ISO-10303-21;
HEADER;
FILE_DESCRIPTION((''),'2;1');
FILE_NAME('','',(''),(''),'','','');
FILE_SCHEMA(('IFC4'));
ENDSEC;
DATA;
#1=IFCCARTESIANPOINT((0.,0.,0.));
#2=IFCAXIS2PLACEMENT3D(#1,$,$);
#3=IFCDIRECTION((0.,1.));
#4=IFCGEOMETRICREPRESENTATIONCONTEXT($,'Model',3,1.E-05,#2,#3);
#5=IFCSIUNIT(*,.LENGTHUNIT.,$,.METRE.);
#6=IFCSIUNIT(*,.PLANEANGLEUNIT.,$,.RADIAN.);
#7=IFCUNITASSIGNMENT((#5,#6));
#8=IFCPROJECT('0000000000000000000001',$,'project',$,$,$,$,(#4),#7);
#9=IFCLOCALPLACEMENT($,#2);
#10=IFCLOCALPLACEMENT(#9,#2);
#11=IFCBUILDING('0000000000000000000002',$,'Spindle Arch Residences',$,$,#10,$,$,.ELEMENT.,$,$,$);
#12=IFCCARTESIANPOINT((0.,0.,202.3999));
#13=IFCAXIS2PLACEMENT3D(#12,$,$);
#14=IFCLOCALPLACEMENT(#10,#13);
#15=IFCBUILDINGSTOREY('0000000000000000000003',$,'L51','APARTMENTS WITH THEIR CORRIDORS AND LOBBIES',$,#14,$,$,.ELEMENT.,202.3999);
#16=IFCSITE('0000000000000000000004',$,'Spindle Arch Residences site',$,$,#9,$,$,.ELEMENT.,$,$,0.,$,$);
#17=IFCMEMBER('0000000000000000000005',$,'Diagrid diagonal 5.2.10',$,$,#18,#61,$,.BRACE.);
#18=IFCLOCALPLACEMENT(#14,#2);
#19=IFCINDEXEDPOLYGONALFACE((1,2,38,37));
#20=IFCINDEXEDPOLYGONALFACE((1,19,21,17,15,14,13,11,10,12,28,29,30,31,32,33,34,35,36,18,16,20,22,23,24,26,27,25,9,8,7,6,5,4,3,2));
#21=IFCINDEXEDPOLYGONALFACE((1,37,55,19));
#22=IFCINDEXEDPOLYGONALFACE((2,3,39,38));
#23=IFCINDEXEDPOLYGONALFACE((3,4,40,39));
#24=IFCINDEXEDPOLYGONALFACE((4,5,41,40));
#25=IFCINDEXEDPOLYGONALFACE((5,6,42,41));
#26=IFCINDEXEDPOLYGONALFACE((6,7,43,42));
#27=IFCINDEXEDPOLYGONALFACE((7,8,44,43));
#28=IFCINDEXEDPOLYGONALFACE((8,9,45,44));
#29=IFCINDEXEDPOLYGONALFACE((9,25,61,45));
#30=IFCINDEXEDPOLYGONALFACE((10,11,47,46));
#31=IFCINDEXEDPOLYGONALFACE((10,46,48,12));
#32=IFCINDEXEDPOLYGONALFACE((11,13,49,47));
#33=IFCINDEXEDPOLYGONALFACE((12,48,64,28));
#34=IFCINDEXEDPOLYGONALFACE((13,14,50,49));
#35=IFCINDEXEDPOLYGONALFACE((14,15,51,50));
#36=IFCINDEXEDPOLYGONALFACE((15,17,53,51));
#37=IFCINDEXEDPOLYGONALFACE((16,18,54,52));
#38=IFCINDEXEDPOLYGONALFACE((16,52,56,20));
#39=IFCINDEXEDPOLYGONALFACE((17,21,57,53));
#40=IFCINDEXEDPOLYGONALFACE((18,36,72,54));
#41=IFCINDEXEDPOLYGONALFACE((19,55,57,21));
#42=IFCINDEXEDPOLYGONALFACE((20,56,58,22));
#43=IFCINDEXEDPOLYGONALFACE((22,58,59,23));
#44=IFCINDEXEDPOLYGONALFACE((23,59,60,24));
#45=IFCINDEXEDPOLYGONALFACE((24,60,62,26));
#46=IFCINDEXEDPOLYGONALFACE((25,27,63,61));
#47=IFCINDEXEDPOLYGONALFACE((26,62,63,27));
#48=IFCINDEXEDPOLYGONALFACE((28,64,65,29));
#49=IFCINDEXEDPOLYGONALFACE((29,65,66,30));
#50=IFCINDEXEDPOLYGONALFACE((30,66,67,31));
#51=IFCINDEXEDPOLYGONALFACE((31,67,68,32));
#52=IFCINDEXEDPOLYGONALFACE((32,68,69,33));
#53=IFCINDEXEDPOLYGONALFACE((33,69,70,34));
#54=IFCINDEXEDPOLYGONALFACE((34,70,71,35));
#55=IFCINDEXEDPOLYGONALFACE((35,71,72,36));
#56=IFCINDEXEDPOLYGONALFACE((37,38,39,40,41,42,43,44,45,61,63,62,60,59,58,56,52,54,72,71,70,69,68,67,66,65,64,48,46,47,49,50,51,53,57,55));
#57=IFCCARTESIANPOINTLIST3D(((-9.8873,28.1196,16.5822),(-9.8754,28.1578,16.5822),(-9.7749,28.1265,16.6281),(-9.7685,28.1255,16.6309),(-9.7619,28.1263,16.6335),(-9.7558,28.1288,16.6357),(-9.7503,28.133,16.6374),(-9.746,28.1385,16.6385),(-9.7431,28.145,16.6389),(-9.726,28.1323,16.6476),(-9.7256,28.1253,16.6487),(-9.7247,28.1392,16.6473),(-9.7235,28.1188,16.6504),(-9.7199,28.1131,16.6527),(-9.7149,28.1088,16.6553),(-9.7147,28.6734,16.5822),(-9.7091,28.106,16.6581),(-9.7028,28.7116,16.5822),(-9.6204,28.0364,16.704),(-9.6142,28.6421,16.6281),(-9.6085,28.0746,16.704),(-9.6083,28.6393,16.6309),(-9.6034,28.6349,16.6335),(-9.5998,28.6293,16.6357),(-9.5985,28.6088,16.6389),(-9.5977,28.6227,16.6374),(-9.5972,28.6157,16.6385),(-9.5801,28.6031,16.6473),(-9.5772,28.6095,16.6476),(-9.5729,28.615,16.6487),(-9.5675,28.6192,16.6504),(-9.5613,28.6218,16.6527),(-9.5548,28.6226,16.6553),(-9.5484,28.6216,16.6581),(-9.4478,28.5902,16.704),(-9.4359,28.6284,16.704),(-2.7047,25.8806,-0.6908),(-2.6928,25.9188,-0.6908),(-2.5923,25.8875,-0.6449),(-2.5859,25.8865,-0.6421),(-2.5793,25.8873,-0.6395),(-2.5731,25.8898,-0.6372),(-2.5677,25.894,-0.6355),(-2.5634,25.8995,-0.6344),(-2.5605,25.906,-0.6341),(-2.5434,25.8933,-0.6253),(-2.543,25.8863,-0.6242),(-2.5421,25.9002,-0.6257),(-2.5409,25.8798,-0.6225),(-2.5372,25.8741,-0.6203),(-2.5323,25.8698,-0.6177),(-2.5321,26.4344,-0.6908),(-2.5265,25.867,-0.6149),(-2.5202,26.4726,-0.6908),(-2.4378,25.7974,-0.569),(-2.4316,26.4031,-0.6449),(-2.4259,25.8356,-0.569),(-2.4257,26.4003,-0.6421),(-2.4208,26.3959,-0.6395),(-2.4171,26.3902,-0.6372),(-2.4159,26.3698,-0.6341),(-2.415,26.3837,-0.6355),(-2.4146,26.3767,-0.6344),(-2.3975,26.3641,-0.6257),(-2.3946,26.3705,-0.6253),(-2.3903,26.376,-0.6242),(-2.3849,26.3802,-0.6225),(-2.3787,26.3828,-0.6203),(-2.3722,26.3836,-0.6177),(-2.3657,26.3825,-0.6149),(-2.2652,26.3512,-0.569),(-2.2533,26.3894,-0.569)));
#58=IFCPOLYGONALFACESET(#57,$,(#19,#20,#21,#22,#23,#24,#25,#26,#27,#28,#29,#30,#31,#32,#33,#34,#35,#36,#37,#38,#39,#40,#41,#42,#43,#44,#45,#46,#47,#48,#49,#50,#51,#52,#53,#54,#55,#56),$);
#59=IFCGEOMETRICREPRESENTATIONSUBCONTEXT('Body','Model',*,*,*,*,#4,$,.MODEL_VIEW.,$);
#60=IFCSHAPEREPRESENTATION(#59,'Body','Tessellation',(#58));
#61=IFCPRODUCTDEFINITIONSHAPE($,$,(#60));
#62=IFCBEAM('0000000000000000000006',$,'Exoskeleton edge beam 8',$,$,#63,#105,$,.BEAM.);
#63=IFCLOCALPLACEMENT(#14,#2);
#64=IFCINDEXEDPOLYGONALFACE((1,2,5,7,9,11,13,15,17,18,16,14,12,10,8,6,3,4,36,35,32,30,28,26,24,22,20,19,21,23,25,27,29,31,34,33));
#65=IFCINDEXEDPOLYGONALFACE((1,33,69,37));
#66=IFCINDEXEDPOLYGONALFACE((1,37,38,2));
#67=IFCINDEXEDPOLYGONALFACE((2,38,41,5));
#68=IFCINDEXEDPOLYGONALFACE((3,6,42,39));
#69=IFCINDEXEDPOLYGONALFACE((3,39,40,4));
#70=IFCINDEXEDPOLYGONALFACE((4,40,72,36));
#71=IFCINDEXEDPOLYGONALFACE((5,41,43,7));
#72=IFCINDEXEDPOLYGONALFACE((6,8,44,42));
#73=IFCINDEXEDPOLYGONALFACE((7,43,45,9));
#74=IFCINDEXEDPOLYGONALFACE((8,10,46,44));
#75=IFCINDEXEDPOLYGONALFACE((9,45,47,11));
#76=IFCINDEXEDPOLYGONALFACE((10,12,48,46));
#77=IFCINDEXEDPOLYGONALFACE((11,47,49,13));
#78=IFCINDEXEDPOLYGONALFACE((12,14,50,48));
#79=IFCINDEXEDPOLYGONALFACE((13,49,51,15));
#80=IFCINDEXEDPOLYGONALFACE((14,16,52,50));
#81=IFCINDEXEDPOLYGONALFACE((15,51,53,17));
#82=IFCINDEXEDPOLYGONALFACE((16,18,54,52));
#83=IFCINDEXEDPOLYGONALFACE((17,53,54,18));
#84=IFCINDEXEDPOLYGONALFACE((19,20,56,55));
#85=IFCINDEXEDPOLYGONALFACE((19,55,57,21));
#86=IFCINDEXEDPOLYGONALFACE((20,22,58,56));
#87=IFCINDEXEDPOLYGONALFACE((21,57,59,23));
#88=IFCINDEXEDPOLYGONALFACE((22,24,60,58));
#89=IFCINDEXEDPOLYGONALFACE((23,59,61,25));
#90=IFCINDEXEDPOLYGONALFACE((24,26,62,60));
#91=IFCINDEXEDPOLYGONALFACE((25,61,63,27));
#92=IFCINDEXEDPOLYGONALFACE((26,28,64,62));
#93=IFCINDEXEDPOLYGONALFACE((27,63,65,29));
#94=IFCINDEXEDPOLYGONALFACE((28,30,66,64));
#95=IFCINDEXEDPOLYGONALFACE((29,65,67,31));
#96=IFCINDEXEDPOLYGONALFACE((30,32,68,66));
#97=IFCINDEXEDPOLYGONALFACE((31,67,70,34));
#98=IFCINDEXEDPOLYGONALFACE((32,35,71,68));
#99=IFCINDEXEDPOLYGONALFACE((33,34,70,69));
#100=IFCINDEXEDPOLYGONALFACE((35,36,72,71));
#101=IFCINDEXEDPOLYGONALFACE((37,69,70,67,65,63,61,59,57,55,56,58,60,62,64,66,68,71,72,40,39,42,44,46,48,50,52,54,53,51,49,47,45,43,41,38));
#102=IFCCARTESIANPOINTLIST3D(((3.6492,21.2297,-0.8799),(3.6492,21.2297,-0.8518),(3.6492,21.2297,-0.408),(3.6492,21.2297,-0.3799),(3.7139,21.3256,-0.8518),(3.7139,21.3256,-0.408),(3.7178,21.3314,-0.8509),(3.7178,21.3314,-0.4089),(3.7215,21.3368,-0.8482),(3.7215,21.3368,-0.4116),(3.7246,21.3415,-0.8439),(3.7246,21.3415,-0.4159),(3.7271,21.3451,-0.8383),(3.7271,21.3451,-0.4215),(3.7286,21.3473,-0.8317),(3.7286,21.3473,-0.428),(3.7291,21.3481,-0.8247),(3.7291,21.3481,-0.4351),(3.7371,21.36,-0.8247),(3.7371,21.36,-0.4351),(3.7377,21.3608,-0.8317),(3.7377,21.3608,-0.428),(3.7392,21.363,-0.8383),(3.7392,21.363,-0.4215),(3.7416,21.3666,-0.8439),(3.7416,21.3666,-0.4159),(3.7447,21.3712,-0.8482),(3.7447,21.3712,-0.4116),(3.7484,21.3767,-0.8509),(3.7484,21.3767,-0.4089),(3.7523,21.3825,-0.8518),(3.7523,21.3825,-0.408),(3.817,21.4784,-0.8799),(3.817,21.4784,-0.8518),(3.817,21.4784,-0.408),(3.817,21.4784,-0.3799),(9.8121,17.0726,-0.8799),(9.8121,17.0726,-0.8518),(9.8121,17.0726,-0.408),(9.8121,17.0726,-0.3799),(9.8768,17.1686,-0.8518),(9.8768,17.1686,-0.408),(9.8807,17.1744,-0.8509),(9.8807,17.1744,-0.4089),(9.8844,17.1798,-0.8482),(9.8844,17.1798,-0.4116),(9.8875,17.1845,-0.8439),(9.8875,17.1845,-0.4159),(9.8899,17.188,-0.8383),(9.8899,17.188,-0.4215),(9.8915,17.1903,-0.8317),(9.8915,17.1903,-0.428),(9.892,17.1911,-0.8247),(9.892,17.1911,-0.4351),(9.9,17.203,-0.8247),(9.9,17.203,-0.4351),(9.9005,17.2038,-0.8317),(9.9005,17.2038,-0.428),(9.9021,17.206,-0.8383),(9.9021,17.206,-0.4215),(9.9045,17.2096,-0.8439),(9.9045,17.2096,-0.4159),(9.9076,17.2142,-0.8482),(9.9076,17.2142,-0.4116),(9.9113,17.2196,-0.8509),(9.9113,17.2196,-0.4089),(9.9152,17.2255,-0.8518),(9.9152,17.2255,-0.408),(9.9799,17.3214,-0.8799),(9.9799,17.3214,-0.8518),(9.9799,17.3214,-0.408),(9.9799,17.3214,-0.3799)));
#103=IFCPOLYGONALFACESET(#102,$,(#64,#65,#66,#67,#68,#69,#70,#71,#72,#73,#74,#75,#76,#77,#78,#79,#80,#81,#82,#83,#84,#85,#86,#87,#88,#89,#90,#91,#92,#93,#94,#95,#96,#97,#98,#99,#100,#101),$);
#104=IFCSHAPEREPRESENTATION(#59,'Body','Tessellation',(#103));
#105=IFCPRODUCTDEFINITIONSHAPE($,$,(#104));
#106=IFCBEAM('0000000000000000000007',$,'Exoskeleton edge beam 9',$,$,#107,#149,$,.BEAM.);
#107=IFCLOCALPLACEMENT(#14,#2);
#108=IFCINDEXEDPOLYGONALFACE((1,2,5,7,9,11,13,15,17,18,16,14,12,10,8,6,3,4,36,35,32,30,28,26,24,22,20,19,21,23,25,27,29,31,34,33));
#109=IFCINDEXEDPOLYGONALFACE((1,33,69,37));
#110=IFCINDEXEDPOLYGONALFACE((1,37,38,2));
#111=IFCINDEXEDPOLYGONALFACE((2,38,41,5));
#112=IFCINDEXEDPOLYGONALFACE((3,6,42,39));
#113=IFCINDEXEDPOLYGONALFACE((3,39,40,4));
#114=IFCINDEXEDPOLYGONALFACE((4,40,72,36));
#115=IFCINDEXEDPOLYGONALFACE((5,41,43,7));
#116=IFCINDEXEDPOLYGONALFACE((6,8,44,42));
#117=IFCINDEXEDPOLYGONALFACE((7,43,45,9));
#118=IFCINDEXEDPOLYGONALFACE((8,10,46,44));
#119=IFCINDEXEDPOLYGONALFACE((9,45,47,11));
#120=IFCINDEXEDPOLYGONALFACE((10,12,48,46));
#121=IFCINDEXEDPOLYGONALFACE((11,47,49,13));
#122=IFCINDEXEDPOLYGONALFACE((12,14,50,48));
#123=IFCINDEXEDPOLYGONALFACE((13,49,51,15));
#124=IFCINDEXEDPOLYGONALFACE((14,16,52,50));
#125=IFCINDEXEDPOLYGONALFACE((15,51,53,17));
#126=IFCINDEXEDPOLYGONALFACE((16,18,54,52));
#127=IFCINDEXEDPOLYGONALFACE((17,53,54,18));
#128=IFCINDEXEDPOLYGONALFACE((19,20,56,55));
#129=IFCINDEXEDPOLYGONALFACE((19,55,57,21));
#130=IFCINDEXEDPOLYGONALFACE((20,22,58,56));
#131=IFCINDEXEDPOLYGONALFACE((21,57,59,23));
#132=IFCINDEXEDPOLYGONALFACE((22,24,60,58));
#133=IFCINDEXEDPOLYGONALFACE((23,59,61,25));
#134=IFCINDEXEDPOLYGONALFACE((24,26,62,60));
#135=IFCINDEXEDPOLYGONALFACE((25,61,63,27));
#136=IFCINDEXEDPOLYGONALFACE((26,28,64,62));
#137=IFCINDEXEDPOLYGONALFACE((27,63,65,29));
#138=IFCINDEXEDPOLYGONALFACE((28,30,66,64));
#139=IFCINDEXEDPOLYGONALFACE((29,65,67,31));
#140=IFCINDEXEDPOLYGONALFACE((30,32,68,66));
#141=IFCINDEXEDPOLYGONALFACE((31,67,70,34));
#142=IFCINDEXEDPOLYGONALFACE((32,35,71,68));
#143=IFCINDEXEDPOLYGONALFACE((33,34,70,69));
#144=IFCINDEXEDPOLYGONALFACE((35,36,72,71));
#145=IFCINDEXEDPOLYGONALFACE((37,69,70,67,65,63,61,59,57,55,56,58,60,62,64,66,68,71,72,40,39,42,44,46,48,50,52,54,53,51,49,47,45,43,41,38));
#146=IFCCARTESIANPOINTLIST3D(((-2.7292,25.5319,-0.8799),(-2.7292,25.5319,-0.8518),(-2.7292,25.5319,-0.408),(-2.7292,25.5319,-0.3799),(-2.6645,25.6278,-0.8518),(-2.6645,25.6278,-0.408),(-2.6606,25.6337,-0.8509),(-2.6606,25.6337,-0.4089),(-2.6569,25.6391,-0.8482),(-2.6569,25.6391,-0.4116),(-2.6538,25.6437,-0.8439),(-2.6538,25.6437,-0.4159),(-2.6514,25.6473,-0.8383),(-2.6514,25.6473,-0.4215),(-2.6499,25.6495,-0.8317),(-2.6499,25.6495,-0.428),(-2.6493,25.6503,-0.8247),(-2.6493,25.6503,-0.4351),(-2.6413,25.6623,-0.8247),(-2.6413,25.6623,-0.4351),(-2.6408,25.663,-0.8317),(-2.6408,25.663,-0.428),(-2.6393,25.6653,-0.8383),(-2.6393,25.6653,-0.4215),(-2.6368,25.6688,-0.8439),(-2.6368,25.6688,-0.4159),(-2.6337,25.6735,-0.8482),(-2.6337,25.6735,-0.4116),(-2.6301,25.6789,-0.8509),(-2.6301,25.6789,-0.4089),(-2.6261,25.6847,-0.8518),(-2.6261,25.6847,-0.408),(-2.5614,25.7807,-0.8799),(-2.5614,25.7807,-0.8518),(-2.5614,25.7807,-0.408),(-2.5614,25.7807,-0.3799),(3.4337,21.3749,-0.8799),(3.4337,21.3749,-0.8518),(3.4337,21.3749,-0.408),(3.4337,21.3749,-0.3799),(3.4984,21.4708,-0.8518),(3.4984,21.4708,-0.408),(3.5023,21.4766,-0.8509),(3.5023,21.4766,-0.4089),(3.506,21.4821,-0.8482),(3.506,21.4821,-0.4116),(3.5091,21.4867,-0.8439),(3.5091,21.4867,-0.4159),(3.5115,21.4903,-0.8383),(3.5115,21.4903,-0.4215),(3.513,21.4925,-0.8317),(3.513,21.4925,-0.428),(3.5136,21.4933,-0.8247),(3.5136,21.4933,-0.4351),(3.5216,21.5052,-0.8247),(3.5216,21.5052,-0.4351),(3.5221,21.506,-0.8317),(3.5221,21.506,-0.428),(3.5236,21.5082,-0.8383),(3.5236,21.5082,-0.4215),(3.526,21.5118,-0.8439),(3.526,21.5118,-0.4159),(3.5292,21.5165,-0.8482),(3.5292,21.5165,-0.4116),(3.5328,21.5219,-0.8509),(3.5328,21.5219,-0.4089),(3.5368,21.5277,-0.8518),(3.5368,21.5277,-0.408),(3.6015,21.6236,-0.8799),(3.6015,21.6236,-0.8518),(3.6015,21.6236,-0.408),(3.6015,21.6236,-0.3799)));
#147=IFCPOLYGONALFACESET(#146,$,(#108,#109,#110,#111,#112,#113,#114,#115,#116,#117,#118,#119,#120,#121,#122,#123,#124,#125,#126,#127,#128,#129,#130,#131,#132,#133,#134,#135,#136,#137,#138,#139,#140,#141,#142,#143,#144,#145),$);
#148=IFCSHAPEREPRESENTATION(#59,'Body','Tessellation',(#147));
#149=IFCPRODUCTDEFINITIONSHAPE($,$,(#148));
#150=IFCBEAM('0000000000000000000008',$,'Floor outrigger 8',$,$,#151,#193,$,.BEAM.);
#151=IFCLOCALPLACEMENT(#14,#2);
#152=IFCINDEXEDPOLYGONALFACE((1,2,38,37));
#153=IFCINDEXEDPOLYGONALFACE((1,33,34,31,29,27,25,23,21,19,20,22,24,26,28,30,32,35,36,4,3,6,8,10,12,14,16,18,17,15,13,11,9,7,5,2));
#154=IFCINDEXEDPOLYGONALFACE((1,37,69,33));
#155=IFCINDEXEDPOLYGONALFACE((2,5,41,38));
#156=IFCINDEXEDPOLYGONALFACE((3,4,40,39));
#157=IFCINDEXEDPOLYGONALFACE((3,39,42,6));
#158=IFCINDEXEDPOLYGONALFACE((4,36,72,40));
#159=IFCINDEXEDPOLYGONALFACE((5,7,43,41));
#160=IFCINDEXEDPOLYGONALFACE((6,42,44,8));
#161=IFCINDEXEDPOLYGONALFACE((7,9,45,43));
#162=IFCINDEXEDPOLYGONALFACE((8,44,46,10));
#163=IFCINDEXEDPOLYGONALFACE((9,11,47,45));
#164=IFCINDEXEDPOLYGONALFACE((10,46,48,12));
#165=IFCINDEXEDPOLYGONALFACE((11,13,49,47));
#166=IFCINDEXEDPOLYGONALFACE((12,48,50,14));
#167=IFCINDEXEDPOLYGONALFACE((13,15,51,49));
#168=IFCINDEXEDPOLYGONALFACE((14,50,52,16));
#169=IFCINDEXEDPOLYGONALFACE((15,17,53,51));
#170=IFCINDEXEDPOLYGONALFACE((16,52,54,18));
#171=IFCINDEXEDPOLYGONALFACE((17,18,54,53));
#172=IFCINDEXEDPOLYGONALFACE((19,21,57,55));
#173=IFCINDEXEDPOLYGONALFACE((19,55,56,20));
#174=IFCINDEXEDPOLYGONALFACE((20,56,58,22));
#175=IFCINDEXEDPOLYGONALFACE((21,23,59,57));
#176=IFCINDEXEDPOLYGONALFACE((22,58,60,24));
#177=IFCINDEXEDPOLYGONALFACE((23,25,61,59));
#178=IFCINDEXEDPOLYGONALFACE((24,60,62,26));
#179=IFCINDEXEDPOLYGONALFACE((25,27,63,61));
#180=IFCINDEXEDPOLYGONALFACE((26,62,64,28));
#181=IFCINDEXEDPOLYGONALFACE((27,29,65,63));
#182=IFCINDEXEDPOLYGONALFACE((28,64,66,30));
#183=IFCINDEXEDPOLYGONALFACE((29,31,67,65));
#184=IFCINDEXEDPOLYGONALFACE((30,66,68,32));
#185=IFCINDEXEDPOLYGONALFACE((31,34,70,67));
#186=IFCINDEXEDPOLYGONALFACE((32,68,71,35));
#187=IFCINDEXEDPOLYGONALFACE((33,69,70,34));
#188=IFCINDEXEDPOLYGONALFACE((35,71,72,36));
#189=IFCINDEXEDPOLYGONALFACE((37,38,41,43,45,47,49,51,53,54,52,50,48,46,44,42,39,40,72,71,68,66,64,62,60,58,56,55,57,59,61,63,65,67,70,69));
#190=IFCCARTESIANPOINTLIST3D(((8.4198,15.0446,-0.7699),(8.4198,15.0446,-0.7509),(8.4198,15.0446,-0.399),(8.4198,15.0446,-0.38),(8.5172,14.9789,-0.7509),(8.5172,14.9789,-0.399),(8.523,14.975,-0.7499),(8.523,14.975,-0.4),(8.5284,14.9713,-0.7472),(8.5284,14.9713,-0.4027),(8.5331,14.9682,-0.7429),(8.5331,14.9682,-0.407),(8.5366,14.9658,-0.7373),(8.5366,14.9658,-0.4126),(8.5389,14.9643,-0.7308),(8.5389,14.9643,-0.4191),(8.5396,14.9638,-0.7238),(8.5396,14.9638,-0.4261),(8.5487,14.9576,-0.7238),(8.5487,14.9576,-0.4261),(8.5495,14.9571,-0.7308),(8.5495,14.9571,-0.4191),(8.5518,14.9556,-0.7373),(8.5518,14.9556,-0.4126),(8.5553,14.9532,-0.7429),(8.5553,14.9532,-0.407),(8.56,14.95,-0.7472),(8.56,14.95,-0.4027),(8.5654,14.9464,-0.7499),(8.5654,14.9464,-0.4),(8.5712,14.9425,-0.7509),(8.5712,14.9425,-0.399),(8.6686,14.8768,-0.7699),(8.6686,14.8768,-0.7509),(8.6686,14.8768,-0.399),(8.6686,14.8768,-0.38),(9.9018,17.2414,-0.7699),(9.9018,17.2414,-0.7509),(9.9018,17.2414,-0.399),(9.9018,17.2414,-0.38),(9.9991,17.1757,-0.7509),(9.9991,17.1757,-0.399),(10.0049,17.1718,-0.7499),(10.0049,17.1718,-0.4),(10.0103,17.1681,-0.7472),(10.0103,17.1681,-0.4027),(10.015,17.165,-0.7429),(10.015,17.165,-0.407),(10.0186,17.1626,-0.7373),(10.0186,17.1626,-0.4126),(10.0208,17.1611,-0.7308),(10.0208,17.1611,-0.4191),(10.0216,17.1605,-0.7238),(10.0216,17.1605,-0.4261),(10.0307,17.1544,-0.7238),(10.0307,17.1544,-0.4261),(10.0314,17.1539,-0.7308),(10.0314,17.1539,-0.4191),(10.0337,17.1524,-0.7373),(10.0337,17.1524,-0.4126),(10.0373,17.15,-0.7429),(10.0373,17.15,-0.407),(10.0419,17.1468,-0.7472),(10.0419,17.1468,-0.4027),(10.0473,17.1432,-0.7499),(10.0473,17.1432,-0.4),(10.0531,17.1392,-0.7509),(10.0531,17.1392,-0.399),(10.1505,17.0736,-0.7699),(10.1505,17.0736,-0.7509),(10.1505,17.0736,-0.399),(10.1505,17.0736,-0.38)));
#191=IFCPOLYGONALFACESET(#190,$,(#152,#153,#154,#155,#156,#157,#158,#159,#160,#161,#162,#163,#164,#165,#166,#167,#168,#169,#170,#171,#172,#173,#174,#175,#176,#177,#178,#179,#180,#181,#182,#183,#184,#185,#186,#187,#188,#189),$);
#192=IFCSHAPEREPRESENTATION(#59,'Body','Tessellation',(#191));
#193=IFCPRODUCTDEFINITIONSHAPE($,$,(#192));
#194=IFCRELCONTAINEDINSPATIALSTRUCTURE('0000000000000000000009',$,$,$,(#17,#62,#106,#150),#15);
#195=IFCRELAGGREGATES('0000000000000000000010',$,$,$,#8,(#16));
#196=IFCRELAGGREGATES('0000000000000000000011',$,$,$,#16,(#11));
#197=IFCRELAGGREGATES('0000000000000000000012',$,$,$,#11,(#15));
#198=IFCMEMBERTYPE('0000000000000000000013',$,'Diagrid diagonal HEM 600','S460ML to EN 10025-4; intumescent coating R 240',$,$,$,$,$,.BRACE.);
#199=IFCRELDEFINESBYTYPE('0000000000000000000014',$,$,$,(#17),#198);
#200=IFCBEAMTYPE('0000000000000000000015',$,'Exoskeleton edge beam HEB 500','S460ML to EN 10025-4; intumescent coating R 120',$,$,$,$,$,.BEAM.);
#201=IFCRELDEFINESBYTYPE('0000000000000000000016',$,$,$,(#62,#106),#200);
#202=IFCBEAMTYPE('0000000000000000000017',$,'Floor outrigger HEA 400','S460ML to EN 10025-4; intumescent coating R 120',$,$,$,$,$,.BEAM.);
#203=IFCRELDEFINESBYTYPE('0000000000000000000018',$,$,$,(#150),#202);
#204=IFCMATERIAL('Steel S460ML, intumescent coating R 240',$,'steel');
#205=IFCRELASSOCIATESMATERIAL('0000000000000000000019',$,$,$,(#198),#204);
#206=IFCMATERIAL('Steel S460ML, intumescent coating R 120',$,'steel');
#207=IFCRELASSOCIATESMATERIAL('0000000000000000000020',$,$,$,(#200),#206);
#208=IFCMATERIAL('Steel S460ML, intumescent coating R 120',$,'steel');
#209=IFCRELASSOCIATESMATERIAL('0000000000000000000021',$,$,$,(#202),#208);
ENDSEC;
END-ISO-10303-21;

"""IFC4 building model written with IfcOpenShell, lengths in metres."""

from ifc_helpers import new_model, si_unit, direction, frame, origin, origin_2d, place, context, subcontext, project, spatial, i_section, extrude, material, material_profile, profile_set, type_object, element, save


model = new_model("IFC4")

# Units and contexts
model_context = context("Model", 3, precision=1e-05, world=origin(), true_north=direction((0.0, 1.0)))
body_context = subcontext(model_context, "Body", "Model", "MODEL_VIEW")
ifc_project = project(units=[si_unit("LENGTHUNIT", "METRE"), si_unit("PLANEANGLEUNIT", "RADIAN")], contexts=[model_context])

# Site, building, storey
site_placement = place(None, origin())
site = spatial("IfcSite", under=ifc_project, at=site_placement, Name="Spindle Arch Residences site", CompositionType="ELEMENT", RefElevation=0.0)
building_placement = place(site_placement, origin())
building = spatial("IfcBuilding", under=site, at=building_placement, Name="Spindle Arch Residences", CompositionType="ELEMENT")
storey_placement = place(building_placement, frame((0.0, 0.0, 202.3999)))
storey = spatial("IfcBuildingStorey", under=building, at=storey_placement, Name="L51", Description="APARTMENTS WITH THEIR CORRIDORS AND LOBBIES", CompositionType="ELEMENT", Elevation=202.3999)

# Member
ifc_material_1 = material(Name="Steel S460ML, intumescent coating R 240", Category="steel")
ifc_material_profile_1 = material_profile(ifc_material_1, i_section(OverallWidth=0.3049, OverallDepth=0.6201, WebThickness=0.021, FlangeThickness=0.04, FilletRadius=0.0271, at=origin_2d()), Name="HEM 600")
ifc_profile_set_1 = profile_set([ifc_material_profile_1], Name="Steel S460ML, intumescent coating R 240")
member_type_1 = type_object("IfcMemberType", Name="Diagrid diagonal HEM 600", Description="S460ML to EN 10025-4; intumescent coating R 240", PredefinedType="BRACE", material=ifc_profile_set_1)
member_1_placement = place(storey_placement, frame((-2.479, 26.135, -0.6299), z_axis=(-0.381236, 0.118842, 0.916807), x_axis=(0.875267, -0.272844, 0.39933)))
element("IfcMember", 1, at=member_1_placement, inside=storey, type_object=member_type_1, Name="Diagrid diagonal 5.2.10", PredefinedType="BRACE", context=body_context, shape_type="SweptSolid", body=[
    extrude(i_section(OverallWidth=0.3049, OverallDepth=0.6201, WebThickness=0.021, FlangeThickness=0.04, FilletRadius=0.0271, at=origin_2d()), origin(), (0.0, 0.0, 1.0), 18.8403),
])

# Beams
ifc_material_2 = material(Name="Steel S460ML, intumescent coating R 120", Category="steel")
ifc_material_profile_2 = material_profile(ifc_material_2, i_section(OverallWidth=0.3, OverallDepth=0.5, WebThickness=0.0144, FlangeThickness=0.0281, FilletRadius=0.0271, at=origin_2d()), Name="HEB 500")
ifc_profile_set_2 = profile_set([ifc_material_profile_2], Name="Steel S460ML, intumescent coating R 120")
beam_type_1 = type_object("IfcBeamType", Name="Exoskeleton edge beam HEB 500", Description="S460ML to EN 10025-4; intumescent coating R 120", PredefinedType="BEAM", material=ifc_profile_set_2)
for number, where, z_axis, x_axis, name in (
    (2, (9.896, 17.197, -0.6299), (-0.829032, 0.559202, 0.0), (-0.559202, -0.829032, 0.0), "Exoskeleton edge beam 8"),
    (3, (3.5176, 21.4993, -0.6299), (-0.829032, 0.559202, 0.0), (-0.559202, -0.829032, 0.0), "Exoskeleton edge beam 9"),
):
    element("IfcBeam", number, at=place(storey_placement, frame(where, z_axis=z_axis, x_axis=x_axis)), inside=storey, type_object=beam_type_1, Name=name, PredefinedType="BEAM", context=body_context, shape_type="SweptSolid", body=[
        extrude(i_section(OverallWidth=0.3, OverallDepth=0.5, WebThickness=0.0144, FlangeThickness=0.0281, FilletRadius=0.0271, at=origin_2d()), origin(), (0.0, 0.0, 1.0), 7.4338),
    ])
ifc_material_3 = material(Name="Steel S460ML, intumescent coating R 120", Category="steel")
ifc_material_profile_3 = material_profile(ifc_material_3, i_section(OverallWidth=0.3, OverallDepth=0.3899, WebThickness=0.011, FlangeThickness=0.019, FilletRadius=0.0271, at=origin_2d()), Name="HEA 400")
ifc_profile_set_3 = profile_set([ifc_material_profile_3], Name="Steel S460ML, intumescent coating R 120")
beam_type_2 = type_object("IfcBeamType", Name="Floor outrigger HEA 400", Description="S460ML to EN 10025-4; intumescent coating R 120", PredefinedType="BEAM", material=ifc_profile_set_3)
for number, where, z_axis, x_axis, name in (
    (4, (10.0261, 17.1575, -0.575), (-0.559242, -0.829005, 0.0), (0.829005, -0.559242, 0.0), "Floor outrigger 8"),
):
    element("IfcBeam", number, at=place(storey_placement, frame(where, z_axis=z_axis, x_axis=x_axis)), inside=storey, type_object=beam_type_2, Name=name, PredefinedType="BEAM", context=body_context, shape_type="SweptSolid", body=[
        extrude(i_section(OverallWidth=0.3, OverallDepth=0.3899, WebThickness=0.011, FlangeThickness=0.019, FilletRadius=0.0271, at=origin_2d()), origin(), (0.0, 0.0, 1.0), 2.6499),
    ])

save(model, "model.ifc")
